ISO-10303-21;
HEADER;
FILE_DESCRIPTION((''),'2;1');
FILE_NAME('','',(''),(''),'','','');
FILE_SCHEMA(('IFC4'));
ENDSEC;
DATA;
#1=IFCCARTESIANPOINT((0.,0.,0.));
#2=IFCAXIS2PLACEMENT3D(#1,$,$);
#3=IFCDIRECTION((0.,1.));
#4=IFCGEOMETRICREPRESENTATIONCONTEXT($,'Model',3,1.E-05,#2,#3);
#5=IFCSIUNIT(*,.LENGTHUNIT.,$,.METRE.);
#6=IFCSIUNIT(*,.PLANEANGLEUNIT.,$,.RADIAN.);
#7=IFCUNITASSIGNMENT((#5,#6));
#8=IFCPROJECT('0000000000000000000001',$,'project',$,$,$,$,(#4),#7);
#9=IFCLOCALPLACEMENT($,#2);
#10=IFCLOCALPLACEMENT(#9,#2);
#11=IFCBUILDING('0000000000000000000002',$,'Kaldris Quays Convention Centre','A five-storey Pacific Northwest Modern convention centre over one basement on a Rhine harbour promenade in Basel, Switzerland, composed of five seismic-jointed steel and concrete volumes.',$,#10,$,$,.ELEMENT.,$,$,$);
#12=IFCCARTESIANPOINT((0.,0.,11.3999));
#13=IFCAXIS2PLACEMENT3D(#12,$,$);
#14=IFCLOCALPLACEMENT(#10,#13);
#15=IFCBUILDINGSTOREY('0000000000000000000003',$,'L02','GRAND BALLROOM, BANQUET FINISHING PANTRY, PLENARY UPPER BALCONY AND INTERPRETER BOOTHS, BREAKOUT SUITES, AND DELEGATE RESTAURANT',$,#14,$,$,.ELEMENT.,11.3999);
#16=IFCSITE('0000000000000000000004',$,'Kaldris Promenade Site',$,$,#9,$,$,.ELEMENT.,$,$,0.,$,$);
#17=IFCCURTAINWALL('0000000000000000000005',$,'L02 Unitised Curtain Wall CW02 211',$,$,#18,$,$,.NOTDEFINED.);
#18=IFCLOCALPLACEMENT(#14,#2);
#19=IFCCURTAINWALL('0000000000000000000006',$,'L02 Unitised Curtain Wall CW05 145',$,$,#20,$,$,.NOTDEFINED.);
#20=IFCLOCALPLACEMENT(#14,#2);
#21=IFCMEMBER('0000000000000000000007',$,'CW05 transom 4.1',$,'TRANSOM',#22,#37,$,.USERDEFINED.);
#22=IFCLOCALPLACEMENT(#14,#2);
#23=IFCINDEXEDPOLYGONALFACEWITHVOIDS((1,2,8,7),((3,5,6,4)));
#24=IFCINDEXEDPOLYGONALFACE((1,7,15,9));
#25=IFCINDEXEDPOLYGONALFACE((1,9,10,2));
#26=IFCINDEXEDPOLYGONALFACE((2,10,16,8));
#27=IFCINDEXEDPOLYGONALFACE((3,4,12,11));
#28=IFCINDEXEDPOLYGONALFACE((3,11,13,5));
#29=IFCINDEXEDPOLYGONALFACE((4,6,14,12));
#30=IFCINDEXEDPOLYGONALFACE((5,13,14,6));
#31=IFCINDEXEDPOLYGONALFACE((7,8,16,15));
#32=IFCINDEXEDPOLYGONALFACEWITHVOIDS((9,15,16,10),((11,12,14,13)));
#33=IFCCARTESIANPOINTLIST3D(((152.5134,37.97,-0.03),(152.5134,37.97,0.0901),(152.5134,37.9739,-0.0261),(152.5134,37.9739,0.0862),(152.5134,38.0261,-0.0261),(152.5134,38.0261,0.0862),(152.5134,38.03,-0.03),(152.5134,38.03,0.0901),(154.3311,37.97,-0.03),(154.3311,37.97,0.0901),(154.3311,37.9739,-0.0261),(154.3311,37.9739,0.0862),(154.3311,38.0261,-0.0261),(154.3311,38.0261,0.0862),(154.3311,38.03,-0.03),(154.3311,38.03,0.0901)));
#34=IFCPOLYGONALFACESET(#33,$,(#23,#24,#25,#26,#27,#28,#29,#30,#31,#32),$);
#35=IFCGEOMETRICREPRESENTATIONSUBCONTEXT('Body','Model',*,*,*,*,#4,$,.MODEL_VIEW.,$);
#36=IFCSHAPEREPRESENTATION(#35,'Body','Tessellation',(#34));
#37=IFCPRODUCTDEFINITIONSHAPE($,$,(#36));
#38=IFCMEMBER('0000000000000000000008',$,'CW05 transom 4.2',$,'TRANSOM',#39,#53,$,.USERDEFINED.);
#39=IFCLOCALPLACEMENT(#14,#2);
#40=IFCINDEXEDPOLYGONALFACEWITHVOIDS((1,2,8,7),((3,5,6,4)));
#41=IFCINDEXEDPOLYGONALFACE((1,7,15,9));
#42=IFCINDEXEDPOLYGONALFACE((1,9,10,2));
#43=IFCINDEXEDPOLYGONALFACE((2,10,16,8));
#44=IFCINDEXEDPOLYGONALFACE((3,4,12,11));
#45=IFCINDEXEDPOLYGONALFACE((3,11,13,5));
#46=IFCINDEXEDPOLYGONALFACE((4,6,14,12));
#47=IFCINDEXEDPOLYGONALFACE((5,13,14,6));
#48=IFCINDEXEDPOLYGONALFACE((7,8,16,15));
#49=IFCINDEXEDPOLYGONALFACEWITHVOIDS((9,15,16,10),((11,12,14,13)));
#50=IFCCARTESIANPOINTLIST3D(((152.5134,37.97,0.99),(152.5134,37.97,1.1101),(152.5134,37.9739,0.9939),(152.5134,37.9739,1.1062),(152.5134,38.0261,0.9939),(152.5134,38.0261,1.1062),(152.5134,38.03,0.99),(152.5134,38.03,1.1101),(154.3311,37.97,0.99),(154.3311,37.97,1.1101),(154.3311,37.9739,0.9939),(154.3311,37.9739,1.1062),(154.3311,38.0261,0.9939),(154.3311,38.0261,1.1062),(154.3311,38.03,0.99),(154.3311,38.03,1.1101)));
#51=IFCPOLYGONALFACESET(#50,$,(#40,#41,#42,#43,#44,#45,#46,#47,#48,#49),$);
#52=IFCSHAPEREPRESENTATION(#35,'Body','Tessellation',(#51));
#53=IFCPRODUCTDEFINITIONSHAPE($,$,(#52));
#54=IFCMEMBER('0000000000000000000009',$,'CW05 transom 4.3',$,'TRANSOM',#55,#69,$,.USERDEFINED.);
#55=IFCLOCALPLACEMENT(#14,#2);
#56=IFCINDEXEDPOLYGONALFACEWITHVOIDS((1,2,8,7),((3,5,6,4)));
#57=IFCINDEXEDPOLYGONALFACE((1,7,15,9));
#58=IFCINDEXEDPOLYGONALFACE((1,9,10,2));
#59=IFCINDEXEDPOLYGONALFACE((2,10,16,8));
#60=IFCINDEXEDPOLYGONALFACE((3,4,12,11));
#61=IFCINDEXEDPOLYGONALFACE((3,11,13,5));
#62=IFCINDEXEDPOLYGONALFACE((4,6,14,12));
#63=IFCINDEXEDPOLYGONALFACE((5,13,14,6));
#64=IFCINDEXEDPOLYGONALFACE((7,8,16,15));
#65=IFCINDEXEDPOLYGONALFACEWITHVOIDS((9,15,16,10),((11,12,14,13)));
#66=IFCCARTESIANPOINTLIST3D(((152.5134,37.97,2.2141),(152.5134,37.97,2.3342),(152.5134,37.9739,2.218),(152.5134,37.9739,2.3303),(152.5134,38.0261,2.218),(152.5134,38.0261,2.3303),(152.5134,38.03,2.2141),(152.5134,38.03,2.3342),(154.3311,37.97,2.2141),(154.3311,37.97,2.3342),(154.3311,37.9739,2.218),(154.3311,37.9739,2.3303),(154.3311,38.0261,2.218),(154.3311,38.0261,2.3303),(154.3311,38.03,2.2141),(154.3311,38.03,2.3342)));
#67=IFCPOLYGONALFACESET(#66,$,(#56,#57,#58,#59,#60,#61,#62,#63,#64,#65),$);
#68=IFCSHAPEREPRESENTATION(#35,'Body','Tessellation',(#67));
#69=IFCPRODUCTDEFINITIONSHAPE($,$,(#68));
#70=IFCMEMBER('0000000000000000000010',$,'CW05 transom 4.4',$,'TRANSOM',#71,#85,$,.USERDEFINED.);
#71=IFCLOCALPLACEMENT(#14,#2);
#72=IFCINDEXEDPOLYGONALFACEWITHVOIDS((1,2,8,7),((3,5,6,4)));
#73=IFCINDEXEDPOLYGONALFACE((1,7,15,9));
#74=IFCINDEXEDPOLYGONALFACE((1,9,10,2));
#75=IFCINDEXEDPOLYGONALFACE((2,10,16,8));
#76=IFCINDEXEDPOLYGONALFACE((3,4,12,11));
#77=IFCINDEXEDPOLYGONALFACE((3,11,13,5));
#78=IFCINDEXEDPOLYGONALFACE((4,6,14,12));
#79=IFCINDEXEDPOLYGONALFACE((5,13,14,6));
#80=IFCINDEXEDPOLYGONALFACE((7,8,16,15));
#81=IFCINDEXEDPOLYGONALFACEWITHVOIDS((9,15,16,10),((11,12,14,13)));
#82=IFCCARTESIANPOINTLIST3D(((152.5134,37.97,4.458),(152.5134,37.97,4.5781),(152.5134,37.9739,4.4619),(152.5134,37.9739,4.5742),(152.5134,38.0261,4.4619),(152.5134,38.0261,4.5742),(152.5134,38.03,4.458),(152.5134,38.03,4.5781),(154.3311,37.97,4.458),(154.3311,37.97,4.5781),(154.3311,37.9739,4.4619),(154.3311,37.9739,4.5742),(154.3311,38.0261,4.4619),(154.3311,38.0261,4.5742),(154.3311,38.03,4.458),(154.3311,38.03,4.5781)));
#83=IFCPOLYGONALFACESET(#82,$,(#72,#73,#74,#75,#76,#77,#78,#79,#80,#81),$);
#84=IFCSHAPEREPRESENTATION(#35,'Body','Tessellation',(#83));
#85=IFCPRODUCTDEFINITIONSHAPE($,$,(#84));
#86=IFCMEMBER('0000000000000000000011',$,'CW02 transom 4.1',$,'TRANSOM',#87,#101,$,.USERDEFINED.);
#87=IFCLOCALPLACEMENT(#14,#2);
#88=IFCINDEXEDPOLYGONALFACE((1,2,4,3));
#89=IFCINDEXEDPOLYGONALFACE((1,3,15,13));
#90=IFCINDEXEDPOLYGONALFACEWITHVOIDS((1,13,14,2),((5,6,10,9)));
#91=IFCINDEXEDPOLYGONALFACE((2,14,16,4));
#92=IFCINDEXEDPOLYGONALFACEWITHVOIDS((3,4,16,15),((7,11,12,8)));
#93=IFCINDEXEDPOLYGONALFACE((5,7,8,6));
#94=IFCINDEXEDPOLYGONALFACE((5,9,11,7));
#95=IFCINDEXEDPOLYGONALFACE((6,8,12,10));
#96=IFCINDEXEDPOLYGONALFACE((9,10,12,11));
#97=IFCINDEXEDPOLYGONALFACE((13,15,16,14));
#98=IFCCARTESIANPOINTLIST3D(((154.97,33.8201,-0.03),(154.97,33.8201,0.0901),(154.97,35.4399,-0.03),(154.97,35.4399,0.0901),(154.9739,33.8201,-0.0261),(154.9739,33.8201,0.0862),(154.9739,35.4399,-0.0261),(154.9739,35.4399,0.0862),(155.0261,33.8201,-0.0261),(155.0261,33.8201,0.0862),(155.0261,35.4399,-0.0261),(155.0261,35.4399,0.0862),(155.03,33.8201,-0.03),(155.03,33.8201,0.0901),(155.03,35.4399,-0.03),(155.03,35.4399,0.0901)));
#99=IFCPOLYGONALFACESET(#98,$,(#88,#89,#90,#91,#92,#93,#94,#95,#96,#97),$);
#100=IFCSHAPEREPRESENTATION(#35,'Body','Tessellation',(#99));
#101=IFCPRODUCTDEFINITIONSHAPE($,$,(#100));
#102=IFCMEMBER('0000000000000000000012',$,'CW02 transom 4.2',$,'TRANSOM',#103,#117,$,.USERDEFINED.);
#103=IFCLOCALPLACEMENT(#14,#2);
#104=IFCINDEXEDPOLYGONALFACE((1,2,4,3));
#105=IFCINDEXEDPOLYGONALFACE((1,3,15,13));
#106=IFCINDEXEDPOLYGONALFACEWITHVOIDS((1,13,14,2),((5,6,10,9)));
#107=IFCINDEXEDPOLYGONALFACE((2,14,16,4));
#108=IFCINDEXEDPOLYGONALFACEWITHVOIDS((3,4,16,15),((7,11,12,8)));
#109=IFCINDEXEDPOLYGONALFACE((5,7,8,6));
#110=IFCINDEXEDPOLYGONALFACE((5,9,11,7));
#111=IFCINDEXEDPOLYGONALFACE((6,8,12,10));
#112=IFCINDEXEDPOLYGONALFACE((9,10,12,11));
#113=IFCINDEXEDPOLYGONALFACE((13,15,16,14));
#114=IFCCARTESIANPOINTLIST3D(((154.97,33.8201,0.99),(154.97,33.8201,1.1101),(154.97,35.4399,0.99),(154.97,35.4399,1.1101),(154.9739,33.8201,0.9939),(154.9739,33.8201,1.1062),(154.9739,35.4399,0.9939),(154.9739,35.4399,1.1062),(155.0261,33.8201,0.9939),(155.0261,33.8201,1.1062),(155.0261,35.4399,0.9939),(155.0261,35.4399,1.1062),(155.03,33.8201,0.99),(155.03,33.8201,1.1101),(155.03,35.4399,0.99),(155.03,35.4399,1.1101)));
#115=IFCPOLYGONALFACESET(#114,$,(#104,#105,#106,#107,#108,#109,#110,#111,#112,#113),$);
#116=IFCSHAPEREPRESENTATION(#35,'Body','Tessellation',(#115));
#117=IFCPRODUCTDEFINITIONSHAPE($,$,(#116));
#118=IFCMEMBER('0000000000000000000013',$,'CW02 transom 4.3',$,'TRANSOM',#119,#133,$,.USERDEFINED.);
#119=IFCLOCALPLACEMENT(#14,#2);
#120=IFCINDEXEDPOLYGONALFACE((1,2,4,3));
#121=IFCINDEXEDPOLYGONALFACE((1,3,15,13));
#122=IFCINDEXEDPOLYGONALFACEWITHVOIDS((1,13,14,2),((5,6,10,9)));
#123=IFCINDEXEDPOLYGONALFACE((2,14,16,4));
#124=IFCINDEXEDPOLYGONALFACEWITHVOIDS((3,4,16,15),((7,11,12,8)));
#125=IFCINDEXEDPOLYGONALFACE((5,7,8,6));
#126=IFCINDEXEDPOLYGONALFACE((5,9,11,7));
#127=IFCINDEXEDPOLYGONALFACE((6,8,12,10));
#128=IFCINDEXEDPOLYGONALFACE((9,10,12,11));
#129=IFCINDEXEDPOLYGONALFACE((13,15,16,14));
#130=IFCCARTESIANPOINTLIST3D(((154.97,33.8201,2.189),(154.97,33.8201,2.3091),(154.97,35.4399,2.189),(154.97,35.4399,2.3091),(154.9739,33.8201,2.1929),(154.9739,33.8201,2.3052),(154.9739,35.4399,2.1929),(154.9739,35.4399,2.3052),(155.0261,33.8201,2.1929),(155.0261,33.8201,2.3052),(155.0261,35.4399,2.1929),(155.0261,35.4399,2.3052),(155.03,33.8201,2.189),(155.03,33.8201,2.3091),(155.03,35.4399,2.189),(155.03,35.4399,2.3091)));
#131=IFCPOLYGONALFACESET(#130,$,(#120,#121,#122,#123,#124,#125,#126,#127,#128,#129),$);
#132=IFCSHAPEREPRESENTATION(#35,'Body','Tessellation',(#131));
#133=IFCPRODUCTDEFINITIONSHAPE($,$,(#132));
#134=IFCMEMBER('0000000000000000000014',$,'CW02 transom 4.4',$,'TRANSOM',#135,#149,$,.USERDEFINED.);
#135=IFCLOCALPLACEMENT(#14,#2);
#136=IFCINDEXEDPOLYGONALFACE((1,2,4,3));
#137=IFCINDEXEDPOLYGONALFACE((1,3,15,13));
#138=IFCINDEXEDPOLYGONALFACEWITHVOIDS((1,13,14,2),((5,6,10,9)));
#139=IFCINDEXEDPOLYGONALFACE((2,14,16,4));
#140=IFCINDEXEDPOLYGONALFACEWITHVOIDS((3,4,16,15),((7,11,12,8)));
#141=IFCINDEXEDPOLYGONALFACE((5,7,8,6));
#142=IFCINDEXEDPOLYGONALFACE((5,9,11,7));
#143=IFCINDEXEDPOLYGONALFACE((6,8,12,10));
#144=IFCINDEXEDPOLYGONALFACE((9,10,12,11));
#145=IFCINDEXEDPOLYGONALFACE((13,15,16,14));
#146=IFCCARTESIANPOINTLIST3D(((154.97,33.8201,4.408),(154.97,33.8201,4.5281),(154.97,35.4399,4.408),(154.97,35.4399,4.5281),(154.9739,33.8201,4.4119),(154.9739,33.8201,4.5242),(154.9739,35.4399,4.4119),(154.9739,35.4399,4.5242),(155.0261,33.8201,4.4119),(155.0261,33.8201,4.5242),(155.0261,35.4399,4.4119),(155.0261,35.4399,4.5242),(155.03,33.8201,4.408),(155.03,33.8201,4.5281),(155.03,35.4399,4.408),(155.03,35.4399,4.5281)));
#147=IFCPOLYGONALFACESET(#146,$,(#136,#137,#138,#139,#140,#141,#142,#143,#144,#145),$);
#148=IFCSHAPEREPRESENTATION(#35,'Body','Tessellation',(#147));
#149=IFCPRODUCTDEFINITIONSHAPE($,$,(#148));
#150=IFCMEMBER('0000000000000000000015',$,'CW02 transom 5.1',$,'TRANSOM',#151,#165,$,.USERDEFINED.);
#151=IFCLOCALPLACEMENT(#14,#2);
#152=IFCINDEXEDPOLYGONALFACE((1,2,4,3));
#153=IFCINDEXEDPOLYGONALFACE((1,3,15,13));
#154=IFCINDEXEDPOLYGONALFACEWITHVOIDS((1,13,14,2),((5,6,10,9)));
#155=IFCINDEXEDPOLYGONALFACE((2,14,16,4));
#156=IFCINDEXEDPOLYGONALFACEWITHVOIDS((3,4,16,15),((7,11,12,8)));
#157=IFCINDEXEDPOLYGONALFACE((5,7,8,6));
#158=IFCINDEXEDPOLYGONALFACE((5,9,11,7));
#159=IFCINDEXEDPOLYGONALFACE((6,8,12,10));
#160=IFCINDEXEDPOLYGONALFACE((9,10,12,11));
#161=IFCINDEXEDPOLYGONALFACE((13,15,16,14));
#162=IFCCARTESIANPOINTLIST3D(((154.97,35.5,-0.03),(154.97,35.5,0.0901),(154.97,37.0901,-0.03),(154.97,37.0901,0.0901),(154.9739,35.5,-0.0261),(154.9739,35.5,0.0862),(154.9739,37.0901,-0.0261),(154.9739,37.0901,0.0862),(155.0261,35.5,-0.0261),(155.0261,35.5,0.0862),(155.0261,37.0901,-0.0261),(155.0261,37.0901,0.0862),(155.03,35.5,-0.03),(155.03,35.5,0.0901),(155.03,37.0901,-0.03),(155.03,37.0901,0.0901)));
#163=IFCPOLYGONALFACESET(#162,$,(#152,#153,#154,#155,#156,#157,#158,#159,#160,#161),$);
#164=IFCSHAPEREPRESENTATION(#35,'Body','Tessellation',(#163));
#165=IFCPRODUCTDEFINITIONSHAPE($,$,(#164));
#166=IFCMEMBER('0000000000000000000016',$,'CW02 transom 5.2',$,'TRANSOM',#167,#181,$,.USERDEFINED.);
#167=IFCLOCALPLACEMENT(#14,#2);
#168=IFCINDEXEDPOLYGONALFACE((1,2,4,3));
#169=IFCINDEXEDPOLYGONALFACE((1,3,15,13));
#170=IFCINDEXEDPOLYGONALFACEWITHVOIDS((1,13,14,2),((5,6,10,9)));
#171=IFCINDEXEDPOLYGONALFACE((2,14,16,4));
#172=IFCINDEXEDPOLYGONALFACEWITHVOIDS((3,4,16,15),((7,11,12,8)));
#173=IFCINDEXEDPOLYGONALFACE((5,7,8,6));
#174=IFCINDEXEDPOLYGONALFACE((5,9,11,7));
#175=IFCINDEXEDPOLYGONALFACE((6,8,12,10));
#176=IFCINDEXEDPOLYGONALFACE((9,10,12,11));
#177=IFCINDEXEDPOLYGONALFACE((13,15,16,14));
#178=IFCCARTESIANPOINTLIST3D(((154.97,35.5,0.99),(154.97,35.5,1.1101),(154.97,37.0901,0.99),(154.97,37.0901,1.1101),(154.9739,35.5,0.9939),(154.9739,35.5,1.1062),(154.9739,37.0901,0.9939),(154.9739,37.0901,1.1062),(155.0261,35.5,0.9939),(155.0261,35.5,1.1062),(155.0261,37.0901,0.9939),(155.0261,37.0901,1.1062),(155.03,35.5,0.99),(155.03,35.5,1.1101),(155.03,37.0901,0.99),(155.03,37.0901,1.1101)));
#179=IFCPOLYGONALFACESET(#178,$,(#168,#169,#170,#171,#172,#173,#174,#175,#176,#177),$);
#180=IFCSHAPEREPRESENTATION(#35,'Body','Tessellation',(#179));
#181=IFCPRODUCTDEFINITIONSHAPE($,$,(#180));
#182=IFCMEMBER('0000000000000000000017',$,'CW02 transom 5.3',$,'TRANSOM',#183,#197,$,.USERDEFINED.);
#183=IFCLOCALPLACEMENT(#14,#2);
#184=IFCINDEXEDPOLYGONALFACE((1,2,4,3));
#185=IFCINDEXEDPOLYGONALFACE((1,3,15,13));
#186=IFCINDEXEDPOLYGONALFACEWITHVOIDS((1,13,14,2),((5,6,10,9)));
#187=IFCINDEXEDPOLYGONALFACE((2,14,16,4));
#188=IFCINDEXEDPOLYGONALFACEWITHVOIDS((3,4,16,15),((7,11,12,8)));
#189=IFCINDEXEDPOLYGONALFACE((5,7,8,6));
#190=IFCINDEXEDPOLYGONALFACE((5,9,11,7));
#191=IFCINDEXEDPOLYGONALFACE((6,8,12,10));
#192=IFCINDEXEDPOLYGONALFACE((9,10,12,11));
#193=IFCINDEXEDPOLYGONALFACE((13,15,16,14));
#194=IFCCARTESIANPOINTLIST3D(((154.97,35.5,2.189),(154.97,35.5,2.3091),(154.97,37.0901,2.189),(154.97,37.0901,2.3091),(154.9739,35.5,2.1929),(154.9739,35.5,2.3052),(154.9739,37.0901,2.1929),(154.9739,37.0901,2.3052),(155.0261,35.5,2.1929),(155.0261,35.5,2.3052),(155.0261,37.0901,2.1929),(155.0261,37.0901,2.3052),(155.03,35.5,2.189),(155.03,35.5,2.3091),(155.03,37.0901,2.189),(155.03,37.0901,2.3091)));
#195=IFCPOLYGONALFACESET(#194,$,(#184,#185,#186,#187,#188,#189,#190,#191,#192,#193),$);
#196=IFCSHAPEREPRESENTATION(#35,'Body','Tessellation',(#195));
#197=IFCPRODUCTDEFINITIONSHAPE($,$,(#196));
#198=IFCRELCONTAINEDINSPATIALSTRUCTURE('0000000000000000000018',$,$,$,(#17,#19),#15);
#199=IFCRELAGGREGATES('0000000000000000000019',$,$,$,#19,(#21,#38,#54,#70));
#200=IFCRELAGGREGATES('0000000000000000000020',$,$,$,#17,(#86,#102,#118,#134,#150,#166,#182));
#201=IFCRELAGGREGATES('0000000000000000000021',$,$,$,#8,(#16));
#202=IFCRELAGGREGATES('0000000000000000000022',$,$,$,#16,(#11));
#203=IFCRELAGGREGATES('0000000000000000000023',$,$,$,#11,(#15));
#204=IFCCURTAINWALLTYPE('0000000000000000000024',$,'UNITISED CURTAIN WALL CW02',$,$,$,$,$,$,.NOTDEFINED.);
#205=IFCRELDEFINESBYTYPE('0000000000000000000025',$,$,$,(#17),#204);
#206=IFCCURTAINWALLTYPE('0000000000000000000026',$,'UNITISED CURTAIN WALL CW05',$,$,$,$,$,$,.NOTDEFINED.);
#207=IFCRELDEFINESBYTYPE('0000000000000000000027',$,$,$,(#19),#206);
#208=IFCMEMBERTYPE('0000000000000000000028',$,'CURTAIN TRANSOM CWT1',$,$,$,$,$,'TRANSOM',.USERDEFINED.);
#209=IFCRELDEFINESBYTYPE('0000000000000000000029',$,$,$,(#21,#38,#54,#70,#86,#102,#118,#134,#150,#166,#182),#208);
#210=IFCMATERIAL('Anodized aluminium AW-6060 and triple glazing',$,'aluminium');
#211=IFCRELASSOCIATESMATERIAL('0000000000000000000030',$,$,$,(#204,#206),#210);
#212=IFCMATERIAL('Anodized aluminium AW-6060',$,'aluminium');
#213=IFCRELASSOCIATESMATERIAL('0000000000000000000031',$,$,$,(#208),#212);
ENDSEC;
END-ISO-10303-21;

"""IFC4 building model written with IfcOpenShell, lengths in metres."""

from ifc_helpers import new_model, si_unit, direction, frame, origin, origin_2d, place, context, subcontext, project, spatial, hollow_rectangle, extrude, material, material_profile, profile_set, type_object, element, aggregate, save


model = new_model("IFC4")

# Units and contexts
model_context = context("Model", 3, precision=1e-05, world=origin(), true_north=direction((0.0, 1.0)))
body_context = subcontext(model_context, "Body", "Model", "MODEL_VIEW")
ifc_project = project(units=[si_unit("LENGTHUNIT", "METRE"), si_unit("PLANEANGLEUNIT", "RADIAN")], contexts=[model_context])

# Site, building, storey
site_placement = place(None, origin())
site = spatial("IfcSite", under=ifc_project, at=site_placement, Name="Kaldris Promenade Site", CompositionType="ELEMENT", RefElevation=0.0)
building_placement = place(site_placement, origin())
building = spatial("IfcBuilding", under=site, at=building_placement, Name="Kaldris Quays Convention Centre", Description="A five-storey Pacific Northwest Modern convention centre over one basement on a Rhine harbour promenade in Basel, Switzerland, composed of five seismic-jointed steel and concrete volumes.", CompositionType="ELEMENT")
storey_placement = place(building_placement, frame((0.0, 0.0, 11.3999)))
storey = spatial("IfcBuildingStorey", under=building, at=storey_placement, Name="L02", Description="GRAND BALLROOM, BANQUET FINISHING PANTRY, PLENARY UPPER BALCONY AND INTERPRETER BOOTHS, BREAKOUT SUITES, AND DELEGATE RESTAURANT", CompositionType="ELEMENT", Elevation=11.3999)

# Curtain walls, members
ifc_material_1 = material(Name="Anodized aluminium AW-6060 and triple glazing", Category="aluminium")
curtain_wall_type_1 = type_object("IfcCurtainWallType", Name="UNITISED CURTAIN WALL CW02", PredefinedType="NOTDEFINED", material=ifc_material_1)
curtain_wall_1_placement = place(storey_placement, origin())
curtain_wall_1 = element("IfcCurtainWall", 1, at=curtain_wall_1_placement, inside=storey, type_object=curtain_wall_type_1, Name="L02 Unitised Curtain Wall CW02 211", PredefinedType="NOTDEFINED")
ifc_material_2 = material(Name="Anodized aluminium AW-6060", Category="aluminium")
curtain_wall_type_2 = type_object("IfcCurtainWallType", Name="UNITISED CURTAIN WALL CW05", PredefinedType="NOTDEFINED", material=ifc_material_1)
curtain_wall_2_placement = place(storey_placement, origin())
curtain_wall_2 = element("IfcCurtainWall", 2, at=curtain_wall_2_placement, inside=storey, type_object=curtain_wall_type_2, Name="L02 Unitised Curtain Wall CW05 145", PredefinedType="NOTDEFINED")
ifc_material_profile_1 = material_profile(ifc_material_2, hollow_rectangle(XDim=0.0601, YDim=0.1201, WallThickness=0.0039, at=origin_2d()), Name="RHS 120x60x4")
ifc_profile_set_1 = profile_set([ifc_material_profile_1], Name="Anodized aluminium AW-6060")
member_type_1 = type_object("IfcMemberType", Name="CURTAIN TRANSOM CWT1", ElementType="TRANSOM", PredefinedType="USERDEFINED", material=ifc_profile_set_1)
member_1_placement = place(storey_placement, frame((152.5134, 38.0, 0.03), z_axis=(1.0, 0.0, 0.0), x_axis=(0.0, 1.0, 0.0)))
member_1 = element("IfcMember", 3, at=member_1_placement, type_object=member_type_1, Name="CW05 transom 4.1", ObjectType="TRANSOM", PredefinedType="USERDEFINED", context=body_context, shape_type="SweptSolid", body=[
    extrude(hollow_rectangle(XDim=0.0601, YDim=0.1201, WallThickness=0.0039, at=origin_2d()), origin(), (0.0, 0.0, 1.0), 1.8176),
])
member_2_placement = place(storey_placement, frame((152.5134, 38.0, 1.05), z_axis=(1.0, 0.0, 0.0), x_axis=(0.0, 1.0, 0.0)))
member_2 = element("IfcMember", 4, at=member_2_placement, type_object=member_type_1, Name="CW05 transom 4.2", ObjectType="TRANSOM", PredefinedType="USERDEFINED", context=body_context, shape_type="SweptSolid", body=[
    extrude(hollow_rectangle(XDim=0.0601, YDim=0.1201, WallThickness=0.0039, at=origin_2d()), origin(), (0.0, 0.0, 1.0), 1.8176),
])
member_3_placement = place(storey_placement, frame((152.5134, 38.0, 2.2742), z_axis=(1.0, 0.0, 0.0), x_axis=(0.0, 1.0, 0.0)))
member_3 = element("IfcMember", 5, at=member_3_placement, type_object=member_type_1, Name="CW05 transom 4.3", ObjectType="TRANSOM", PredefinedType="USERDEFINED", context=body_context, shape_type="SweptSolid", body=[
    extrude(hollow_rectangle(XDim=0.0601, YDim=0.1201, WallThickness=0.0039, at=origin_2d()), origin(), (0.0, 0.0, 1.0), 1.8176),
])
member_4_placement = place(storey_placement, frame((152.5134, 38.0, 4.5181), z_axis=(1.0, 0.0, 0.0), x_axis=(0.0, 1.0, 0.0)))
member_4 = element("IfcMember", 6, at=member_4_placement, type_object=member_type_1, Name="CW05 transom 4.4", ObjectType="TRANSOM", PredefinedType="USERDEFINED", context=body_context, shape_type="SweptSolid", body=[
    extrude(hollow_rectangle(XDim=0.0601, YDim=0.1201, WallThickness=0.0039, at=origin_2d()), origin(), (0.0, 0.0, 1.0), 1.8176),
])

# Members
member_5_placement = place(storey_placement, frame((155.0, 33.8201, 0.03), z_axis=(0.0, 1.0, 0.0), x_axis=(-1.0, 0.0, 0.0)))
member_5 = element("IfcMember", 7, at=member_5_placement, type_object=member_type_1, Name="CW02 transom 4.1", ObjectType="TRANSOM", PredefinedType="USERDEFINED", context=body_context, shape_type="SweptSolid", body=[
    extrude(hollow_rectangle(XDim=0.0601, YDim=0.1201, WallThickness=0.0039, at=origin_2d()), origin(), (0.0, 0.0, 1.0), 1.6199),
])
member_6_placement = place(storey_placement, frame((155.0, 33.8201, 1.05), z_axis=(0.0, 1.0, 0.0), x_axis=(-1.0, 0.0, 0.0)))
member_6 = element("IfcMember", 8, at=member_6_placement, type_object=member_type_1, Name="CW02 transom 4.2", ObjectType="TRANSOM", PredefinedType="USERDEFINED", context=body_context, shape_type="SweptSolid", body=[
    extrude(hollow_rectangle(XDim=0.0601, YDim=0.1201, WallThickness=0.0039, at=origin_2d()), origin(), (0.0, 0.0, 1.0), 1.6199),
])
member_7_placement = place(storey_placement, frame((155.0, 33.8201, 2.249), z_axis=(0.0, 1.0, 0.0), x_axis=(-1.0, 0.0, 0.0)))
member_7 = element("IfcMember", 9, at=member_7_placement, type_object=member_type_1, Name="CW02 transom 4.3", ObjectType="TRANSOM", PredefinedType="USERDEFINED", context=body_context, shape_type="SweptSolid", body=[
    extrude(hollow_rectangle(XDim=0.0601, YDim=0.1201, WallThickness=0.0039, at=origin_2d()), origin(), (0.0, 0.0, 1.0), 1.6199),
])
member_8_placement = place(storey_placement, frame((155.0, 33.8201, 4.468), z_axis=(0.0, 1.0, 0.0), x_axis=(-1.0, 0.0, 0.0)))
member_8 = element("IfcMember", 10, at=member_8_placement, type_object=member_type_1, Name="CW02 transom 4.4", ObjectType="TRANSOM", PredefinedType="USERDEFINED", context=body_context, shape_type="SweptSolid", body=[
    extrude(hollow_rectangle(XDim=0.0601, YDim=0.1201, WallThickness=0.0039, at=origin_2d()), origin(), (0.0, 0.0, 1.0), 1.6199),
])
member_9_placement = place(storey_placement, frame((155.0, 35.5, 0.03), z_axis=(0.0, 1.0, 0.0), x_axis=(-1.0, 0.0, 0.0)))
member_9 = element("IfcMember", 11, at=member_9_placement, type_object=member_type_1, Name="CW02 transom 5.1", ObjectType="TRANSOM", PredefinedType="USERDEFINED", context=body_context, shape_type="SweptSolid", body=[
    extrude(hollow_rectangle(XDim=0.0601, YDim=0.1201, WallThickness=0.0039, at=origin_2d()), origin(), (0.0, 0.0, 1.0), 1.5901),
])
member_10_placement = place(storey_placement, frame((155.0, 35.5, 1.05), z_axis=(0.0, 1.0, 0.0), x_axis=(-1.0, 0.0, 0.0)))
member_10 = element("IfcMember", 12, at=member_10_placement, type_object=member_type_1, Name="CW02 transom 5.2", ObjectType="TRANSOM", PredefinedType="USERDEFINED", context=body_context, shape_type="SweptSolid", body=[
    extrude(hollow_rectangle(XDim=0.0601, YDim=0.1201, WallThickness=0.0039, at=origin_2d()), origin(), (0.0, 0.0, 1.0), 1.5901),
])
member_11_placement = place(storey_placement, frame((155.0, 35.5, 2.249), z_axis=(0.0, 1.0, 0.0), x_axis=(-1.0, 0.0, 0.0)))
member_11 = element("IfcMember", 13, at=member_11_placement, type_object=member_type_1, Name="CW02 transom 5.3", ObjectType="TRANSOM", PredefinedType="USERDEFINED", context=body_context, shape_type="SweptSolid", body=[
    extrude(hollow_rectangle(XDim=0.0601, YDim=0.1201, WallThickness=0.0039, at=origin_2d()), origin(), (0.0, 0.0, 1.0), 1.5901),
])

aggregate(curtain_wall_2, [member_1, member_2, member_3, member_4])
aggregate(curtain_wall_1, [member_5, member_6, member_7, member_8, member_9, member_10, member_11])

save(model, "model.ifc")
